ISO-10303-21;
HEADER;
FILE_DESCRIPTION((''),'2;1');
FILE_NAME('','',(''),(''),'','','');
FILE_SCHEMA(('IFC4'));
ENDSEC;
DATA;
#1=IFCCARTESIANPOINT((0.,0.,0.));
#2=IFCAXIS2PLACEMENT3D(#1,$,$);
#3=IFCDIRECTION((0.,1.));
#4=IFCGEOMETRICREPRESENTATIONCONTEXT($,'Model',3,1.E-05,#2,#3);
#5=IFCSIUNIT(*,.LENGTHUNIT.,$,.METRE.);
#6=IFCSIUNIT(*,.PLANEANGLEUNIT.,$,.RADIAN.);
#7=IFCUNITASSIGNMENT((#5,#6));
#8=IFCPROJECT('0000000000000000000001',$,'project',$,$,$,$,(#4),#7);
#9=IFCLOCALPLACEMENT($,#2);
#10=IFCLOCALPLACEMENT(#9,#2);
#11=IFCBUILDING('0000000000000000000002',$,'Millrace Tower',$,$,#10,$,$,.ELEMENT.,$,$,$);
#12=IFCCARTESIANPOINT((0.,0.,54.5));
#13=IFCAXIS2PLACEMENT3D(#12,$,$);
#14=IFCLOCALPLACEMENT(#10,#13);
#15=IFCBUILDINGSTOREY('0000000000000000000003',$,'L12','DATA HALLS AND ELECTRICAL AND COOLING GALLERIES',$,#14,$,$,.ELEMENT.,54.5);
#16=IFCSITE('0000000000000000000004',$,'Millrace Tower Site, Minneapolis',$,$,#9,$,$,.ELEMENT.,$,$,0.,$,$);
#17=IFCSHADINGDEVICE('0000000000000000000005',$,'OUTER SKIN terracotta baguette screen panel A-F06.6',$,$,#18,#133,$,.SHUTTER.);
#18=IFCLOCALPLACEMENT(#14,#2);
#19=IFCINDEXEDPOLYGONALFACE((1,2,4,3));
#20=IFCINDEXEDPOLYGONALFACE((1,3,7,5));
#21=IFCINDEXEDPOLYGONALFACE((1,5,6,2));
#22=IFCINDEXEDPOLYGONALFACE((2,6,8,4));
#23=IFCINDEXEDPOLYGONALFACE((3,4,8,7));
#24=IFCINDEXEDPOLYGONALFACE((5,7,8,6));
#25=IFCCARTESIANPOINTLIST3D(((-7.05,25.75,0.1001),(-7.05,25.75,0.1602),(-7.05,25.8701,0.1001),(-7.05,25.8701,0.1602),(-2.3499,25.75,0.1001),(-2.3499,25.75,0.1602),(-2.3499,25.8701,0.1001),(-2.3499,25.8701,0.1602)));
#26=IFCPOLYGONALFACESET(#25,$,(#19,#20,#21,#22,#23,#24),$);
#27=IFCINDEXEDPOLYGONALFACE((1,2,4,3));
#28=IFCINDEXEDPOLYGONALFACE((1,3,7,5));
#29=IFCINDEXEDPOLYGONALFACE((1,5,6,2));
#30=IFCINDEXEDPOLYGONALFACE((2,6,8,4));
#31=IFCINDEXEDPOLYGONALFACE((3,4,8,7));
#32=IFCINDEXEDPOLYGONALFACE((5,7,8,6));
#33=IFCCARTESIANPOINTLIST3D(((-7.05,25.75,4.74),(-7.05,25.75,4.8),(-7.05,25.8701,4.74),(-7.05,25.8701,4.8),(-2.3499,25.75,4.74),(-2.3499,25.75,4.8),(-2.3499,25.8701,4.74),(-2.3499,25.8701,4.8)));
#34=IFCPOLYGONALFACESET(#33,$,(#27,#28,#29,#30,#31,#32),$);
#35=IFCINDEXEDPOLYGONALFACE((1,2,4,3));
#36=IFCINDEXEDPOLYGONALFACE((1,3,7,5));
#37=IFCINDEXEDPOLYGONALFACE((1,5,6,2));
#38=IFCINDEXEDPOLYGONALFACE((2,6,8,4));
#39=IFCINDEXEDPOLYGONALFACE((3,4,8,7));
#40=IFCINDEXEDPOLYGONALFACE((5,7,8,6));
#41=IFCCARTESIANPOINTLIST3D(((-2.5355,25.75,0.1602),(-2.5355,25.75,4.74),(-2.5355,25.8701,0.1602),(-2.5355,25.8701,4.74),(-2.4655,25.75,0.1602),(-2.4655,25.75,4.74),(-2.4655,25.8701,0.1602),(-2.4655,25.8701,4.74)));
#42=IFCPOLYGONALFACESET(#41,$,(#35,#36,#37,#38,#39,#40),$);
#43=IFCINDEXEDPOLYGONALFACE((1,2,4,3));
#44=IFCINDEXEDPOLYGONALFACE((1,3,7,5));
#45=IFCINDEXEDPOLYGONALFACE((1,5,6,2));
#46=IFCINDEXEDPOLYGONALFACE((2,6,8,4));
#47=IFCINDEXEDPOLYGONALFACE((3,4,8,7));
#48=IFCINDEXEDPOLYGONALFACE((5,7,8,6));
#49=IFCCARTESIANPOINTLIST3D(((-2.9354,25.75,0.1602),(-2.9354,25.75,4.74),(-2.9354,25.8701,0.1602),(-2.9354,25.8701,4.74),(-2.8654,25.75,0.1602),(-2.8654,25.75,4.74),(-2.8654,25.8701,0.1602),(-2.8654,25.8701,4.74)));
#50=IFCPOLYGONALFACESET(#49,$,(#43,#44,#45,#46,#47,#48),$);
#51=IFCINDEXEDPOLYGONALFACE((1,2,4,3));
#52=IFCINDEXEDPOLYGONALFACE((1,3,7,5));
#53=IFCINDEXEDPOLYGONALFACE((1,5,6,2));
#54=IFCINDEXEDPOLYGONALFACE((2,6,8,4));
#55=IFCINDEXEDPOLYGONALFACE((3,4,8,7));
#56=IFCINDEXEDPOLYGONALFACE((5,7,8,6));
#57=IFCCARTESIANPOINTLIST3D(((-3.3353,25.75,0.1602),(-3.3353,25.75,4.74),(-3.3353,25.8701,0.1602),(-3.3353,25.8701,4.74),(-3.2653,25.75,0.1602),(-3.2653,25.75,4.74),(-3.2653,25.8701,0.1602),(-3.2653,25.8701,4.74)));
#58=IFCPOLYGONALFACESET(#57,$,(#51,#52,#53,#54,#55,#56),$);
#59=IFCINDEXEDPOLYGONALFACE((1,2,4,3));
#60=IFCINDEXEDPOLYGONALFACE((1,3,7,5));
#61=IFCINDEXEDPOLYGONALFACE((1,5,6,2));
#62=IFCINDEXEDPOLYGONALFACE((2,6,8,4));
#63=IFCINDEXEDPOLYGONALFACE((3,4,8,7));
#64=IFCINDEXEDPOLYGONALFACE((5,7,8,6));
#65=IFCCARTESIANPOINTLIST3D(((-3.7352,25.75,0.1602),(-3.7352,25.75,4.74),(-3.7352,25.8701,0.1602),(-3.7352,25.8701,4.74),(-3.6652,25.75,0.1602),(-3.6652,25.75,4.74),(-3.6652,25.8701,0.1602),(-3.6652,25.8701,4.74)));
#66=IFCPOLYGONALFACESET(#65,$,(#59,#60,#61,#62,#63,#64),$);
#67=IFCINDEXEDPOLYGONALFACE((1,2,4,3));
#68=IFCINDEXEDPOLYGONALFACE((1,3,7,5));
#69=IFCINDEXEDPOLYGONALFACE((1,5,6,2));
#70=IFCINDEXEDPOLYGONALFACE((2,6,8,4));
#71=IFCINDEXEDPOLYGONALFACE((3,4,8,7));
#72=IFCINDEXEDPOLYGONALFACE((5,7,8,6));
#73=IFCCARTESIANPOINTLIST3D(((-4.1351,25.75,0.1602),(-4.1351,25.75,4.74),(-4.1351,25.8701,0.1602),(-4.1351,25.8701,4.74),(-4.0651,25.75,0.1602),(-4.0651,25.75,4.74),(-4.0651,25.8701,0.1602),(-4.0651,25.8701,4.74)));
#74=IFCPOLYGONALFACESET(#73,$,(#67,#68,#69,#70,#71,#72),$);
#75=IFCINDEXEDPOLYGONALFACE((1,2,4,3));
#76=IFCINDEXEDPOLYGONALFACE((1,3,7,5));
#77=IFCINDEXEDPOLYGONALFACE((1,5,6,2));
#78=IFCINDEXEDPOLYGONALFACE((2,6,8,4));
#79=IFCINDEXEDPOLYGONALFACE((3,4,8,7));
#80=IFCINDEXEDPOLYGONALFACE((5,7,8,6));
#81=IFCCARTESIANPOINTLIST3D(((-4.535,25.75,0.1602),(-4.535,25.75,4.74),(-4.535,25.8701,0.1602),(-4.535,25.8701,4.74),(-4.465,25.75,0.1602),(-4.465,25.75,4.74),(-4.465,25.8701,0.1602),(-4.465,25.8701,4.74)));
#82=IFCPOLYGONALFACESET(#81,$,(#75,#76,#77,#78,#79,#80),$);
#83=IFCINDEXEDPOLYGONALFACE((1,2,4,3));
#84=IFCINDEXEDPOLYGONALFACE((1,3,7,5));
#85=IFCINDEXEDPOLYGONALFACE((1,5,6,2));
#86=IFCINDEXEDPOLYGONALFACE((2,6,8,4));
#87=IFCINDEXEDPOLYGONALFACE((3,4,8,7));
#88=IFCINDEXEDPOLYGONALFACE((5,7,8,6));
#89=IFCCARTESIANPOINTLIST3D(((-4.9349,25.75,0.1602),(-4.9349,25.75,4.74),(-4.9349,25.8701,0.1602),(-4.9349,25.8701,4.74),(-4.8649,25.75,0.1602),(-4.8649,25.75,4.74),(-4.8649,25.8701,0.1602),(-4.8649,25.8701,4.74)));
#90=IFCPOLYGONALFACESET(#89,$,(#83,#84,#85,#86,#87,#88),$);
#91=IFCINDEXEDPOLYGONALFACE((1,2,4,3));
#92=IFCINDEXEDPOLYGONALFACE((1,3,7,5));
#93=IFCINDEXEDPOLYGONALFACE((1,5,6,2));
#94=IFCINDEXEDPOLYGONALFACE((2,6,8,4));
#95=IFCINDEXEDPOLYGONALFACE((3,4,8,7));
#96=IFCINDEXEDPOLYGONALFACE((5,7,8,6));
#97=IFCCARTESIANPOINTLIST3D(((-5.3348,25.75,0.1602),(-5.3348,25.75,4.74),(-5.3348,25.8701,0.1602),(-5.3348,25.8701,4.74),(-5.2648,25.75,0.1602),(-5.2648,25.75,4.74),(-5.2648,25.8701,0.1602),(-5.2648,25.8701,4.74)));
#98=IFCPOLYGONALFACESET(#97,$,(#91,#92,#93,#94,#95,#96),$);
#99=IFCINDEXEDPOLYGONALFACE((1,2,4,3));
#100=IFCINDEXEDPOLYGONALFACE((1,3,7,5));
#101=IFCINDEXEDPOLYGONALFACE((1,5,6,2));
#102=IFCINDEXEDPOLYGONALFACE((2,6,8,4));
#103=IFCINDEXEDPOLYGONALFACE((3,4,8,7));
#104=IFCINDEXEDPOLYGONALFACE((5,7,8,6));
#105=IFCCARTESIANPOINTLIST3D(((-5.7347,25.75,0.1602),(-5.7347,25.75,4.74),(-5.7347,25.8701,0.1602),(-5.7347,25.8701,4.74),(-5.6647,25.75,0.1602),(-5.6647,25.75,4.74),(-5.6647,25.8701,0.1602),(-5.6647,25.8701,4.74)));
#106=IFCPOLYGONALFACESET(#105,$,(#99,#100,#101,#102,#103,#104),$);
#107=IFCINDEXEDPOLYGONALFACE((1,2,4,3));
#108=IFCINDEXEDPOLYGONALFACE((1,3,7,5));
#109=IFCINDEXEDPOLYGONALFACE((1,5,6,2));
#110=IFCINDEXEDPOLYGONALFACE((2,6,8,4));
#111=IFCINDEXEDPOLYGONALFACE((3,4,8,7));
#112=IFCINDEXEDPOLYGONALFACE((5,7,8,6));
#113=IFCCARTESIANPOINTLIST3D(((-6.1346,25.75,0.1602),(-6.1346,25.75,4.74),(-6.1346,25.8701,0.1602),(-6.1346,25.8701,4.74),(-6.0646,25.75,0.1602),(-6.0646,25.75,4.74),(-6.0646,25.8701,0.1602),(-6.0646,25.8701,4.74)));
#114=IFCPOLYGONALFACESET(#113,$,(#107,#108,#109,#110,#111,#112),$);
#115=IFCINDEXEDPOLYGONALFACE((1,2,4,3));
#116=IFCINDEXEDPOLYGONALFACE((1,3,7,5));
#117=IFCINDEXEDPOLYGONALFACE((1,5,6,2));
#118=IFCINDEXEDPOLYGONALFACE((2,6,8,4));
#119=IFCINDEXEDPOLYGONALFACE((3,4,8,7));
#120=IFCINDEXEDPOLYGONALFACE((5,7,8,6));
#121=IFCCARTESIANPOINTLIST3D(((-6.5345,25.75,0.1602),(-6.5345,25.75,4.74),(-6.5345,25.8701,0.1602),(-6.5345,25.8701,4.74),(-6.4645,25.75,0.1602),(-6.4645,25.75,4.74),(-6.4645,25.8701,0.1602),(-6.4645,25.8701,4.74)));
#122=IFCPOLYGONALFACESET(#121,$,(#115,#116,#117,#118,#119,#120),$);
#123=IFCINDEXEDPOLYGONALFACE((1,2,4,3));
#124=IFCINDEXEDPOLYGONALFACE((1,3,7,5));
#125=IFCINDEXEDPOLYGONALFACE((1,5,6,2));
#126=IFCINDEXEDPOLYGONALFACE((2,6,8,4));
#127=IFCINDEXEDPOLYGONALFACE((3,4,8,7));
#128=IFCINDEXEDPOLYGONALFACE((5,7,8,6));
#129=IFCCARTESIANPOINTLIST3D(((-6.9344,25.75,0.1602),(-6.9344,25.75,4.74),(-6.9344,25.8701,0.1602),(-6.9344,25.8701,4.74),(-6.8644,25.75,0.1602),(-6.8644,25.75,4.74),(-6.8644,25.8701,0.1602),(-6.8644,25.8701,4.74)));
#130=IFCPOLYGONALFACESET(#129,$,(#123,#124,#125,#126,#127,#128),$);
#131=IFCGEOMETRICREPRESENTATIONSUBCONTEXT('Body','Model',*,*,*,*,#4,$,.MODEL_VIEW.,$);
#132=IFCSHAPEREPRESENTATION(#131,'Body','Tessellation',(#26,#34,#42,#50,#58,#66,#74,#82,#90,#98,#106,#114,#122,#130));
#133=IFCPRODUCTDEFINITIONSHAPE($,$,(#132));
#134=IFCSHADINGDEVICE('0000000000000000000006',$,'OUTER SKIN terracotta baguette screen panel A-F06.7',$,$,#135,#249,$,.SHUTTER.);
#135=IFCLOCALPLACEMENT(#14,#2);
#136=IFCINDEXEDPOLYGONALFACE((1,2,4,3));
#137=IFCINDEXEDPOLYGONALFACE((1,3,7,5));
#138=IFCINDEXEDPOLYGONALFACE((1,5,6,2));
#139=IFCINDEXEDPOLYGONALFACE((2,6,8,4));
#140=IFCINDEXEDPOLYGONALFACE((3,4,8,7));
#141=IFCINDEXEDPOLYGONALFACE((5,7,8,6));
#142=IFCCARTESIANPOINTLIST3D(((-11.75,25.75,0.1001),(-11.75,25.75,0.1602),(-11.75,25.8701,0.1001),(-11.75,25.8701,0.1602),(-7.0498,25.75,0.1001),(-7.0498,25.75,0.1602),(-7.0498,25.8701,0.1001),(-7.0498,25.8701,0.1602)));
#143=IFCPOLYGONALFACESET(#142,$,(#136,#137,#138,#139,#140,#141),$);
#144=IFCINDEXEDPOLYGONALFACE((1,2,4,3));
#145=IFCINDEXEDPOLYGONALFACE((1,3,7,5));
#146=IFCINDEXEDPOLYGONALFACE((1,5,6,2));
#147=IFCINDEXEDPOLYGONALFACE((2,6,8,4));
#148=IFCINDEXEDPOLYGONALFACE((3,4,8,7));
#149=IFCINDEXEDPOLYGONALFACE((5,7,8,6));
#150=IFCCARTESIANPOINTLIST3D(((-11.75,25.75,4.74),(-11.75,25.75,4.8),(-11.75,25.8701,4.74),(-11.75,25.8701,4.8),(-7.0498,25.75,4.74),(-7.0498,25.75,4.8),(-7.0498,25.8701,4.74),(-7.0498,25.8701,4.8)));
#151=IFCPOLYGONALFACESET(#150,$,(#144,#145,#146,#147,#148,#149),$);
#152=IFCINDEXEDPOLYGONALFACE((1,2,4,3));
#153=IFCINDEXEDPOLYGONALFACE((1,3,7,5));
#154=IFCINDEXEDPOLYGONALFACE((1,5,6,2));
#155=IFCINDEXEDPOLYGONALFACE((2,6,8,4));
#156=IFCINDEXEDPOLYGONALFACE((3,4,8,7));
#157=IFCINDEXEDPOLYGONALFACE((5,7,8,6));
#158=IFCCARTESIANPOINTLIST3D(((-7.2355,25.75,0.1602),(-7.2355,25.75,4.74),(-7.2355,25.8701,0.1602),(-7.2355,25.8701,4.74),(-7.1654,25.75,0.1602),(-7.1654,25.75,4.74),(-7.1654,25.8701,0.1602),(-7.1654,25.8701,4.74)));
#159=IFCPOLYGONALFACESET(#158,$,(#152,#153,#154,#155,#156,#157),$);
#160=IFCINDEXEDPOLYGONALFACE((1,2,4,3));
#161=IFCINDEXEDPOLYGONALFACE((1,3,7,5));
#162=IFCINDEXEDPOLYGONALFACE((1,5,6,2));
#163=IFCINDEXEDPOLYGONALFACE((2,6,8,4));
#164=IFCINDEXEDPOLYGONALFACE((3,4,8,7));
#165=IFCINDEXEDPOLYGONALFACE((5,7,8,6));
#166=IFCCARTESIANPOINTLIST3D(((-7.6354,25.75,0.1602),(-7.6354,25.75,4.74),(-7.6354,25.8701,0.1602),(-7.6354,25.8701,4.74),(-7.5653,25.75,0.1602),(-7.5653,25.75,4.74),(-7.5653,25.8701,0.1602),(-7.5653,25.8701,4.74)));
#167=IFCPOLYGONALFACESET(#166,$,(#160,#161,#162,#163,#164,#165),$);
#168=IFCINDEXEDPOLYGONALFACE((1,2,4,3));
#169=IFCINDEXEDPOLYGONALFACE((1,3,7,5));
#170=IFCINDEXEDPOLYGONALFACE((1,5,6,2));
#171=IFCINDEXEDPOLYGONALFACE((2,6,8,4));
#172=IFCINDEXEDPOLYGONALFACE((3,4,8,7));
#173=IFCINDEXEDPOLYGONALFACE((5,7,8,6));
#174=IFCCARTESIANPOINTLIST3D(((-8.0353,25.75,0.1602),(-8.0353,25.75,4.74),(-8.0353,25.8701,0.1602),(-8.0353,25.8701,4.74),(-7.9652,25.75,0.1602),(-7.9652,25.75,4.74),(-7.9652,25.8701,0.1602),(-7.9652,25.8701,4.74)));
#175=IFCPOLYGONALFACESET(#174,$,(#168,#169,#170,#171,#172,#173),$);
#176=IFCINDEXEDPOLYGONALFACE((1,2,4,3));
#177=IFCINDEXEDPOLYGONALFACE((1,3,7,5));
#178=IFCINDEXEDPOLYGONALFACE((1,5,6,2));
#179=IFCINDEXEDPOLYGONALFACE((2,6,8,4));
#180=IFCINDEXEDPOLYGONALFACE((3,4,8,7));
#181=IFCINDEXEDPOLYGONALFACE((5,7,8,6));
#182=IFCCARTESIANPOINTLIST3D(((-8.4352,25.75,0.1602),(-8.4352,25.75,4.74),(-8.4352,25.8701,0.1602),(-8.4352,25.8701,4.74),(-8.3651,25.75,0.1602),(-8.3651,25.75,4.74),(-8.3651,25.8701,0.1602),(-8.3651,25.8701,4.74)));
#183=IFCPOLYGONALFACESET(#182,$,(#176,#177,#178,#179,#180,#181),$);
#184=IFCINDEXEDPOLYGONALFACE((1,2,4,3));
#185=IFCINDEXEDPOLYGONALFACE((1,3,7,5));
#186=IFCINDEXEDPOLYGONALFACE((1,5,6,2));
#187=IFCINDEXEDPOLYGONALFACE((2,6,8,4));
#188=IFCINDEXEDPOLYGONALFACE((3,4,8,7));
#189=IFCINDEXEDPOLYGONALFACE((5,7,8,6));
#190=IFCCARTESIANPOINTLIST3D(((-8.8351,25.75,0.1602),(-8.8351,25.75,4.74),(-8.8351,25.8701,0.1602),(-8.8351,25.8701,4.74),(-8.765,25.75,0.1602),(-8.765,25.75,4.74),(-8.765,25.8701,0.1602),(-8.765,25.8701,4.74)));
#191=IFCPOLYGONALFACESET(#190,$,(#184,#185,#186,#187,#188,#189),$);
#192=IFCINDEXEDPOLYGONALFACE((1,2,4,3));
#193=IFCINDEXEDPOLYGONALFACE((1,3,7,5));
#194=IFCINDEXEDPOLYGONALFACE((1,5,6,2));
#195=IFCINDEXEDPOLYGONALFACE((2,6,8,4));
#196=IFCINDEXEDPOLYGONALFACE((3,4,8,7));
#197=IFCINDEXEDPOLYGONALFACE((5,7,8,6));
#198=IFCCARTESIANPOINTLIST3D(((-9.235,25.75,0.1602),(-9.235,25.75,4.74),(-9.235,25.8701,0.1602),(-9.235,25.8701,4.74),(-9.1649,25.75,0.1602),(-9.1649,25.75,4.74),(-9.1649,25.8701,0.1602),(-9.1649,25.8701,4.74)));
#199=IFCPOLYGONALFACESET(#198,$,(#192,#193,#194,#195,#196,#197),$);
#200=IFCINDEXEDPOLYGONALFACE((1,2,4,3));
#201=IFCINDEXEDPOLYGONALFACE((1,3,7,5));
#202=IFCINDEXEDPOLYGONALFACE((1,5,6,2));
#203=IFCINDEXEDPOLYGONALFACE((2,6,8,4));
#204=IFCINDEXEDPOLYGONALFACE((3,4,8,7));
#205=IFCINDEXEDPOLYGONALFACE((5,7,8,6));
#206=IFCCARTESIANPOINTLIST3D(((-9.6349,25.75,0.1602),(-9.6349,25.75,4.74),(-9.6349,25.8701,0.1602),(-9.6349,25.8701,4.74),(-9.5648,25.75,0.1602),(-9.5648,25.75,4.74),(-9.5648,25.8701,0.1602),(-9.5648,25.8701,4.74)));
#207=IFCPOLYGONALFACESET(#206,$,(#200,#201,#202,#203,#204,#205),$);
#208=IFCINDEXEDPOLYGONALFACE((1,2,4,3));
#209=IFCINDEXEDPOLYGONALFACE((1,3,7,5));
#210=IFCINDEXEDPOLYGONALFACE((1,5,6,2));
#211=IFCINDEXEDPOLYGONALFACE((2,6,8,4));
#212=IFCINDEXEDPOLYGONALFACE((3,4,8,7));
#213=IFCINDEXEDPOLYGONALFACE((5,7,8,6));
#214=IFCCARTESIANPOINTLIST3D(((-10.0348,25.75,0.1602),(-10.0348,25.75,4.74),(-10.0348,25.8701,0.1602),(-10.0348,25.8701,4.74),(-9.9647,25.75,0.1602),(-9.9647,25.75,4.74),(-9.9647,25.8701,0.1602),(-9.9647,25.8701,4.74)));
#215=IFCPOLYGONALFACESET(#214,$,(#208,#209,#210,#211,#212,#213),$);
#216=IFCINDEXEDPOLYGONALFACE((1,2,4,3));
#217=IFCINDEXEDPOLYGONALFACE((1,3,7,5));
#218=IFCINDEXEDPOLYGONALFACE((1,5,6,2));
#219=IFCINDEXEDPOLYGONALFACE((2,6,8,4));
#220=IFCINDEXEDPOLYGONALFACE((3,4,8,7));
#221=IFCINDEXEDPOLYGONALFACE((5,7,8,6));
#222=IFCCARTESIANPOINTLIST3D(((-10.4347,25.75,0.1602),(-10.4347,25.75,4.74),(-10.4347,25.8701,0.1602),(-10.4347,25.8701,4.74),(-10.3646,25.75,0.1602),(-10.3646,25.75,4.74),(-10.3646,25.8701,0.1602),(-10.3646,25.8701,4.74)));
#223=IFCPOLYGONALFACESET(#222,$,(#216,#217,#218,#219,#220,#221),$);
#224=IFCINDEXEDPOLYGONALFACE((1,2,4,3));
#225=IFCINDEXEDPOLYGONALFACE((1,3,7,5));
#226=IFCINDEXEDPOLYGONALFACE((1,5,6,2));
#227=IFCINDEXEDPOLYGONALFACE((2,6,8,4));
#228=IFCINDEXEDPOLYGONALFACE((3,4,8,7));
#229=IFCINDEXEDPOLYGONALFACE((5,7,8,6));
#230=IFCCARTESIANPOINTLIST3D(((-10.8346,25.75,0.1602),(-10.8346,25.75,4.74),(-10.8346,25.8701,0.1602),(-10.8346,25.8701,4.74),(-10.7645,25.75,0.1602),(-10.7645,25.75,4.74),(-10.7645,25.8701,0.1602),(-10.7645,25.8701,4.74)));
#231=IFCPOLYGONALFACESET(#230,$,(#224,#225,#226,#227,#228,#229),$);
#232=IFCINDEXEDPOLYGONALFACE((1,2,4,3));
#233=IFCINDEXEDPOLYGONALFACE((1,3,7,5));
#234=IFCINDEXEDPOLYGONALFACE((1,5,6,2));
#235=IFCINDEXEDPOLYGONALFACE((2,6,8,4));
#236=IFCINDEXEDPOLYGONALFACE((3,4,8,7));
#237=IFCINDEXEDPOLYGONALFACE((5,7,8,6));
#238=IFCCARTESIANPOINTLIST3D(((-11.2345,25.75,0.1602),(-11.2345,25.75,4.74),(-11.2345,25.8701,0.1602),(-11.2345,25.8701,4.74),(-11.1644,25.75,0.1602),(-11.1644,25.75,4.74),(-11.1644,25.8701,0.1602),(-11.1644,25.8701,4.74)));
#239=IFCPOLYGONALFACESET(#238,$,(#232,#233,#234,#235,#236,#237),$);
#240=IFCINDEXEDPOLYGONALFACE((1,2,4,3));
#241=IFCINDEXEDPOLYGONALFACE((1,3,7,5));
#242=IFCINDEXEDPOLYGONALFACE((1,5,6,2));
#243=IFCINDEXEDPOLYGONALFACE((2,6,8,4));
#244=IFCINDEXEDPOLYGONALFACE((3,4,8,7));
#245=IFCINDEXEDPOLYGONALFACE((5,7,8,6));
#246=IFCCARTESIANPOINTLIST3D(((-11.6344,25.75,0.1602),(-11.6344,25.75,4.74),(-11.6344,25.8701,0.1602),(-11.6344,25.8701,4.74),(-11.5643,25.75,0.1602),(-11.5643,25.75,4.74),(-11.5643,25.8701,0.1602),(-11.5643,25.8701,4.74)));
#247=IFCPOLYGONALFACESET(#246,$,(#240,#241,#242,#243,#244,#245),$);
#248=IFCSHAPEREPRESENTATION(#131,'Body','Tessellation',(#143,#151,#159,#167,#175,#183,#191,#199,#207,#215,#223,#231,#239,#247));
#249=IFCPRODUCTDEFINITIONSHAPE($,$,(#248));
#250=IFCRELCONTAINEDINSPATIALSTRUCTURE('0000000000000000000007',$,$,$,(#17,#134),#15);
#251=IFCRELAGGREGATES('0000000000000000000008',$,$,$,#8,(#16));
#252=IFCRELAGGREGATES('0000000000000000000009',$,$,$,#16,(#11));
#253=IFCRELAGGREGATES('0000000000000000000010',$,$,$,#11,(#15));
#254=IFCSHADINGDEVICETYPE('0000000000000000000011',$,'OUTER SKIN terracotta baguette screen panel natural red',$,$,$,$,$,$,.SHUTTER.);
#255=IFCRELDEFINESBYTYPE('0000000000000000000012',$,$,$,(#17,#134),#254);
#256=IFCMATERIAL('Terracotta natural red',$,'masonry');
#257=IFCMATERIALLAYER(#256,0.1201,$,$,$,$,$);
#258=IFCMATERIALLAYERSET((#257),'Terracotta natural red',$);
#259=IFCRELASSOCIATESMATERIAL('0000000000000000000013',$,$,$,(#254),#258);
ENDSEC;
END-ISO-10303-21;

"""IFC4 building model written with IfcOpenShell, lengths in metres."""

from ifc_helpers import new_model, entity, si_unit, direction, frame, frame_2d, origin, place, context, subcontext, project, spatial, rectangle, extrude, source, transform, mapped, material, layer, layer_set, type_object, element, save


model = new_model("IFC4")

# Units and contexts
model_context = context("Model", 3, precision=1e-05, world=origin(), true_north=direction((0.0, 1.0)))
body_context = subcontext(model_context, "Body", "Model", "MODEL_VIEW")
ifc_project = project(units=[si_unit("LENGTHUNIT", "METRE"), si_unit("PLANEANGLEUNIT", "RADIAN")], contexts=[model_context])

# Site, building, storey
site_placement = place(None, origin())
site = spatial("IfcSite", under=ifc_project, at=site_placement, Name="Millrace Tower Site, Minneapolis", CompositionType="ELEMENT", RefElevation=0.0)
building_placement = place(site_placement, origin())
building = spatial("IfcBuilding", under=site, at=building_placement, Name="Millrace Tower", CompositionType="ELEMENT")
storey_placement = place(building_placement, frame((0.0, 0.0, 54.5)))
storey = spatial("IfcBuildingStorey", under=building, at=storey_placement, Name="L12", Description="DATA HALLS AND ELECTRICAL AND COOLING GALLERIES", CompositionType="ELEMENT", Elevation=54.5)

# Shading devices
cartesian_point = entity("IfcCartesianPoint", [-2.3501, 0.0601])
shared_polyline = entity("IfcPolyline", [cartesian_point, entity("IfcCartesianPoint", [2.3501, 0.0601]), entity("IfcCartesianPoint", [2.3501, -0.0601]), entity("IfcCartesianPoint", [-2.3501, -0.0601]), cartesian_point])
ifc_material_1 = material(Name="Terracotta natural red", Category="masonry")
ifc_layer_1 = layer(ifc_material_1, 0.1201)
ifc_layer_set_1 = layer_set([ifc_layer_1], Name="Terracotta natural red")
shading_device_type_1 = type_object("IfcShadingDeviceType", Name="OUTER SKIN terracotta baguette screen panel natural red", PredefinedType="SHUTTER", material=ifc_layer_set_1)
shared_shape_1 = source(origin(), body_context, "Body", "SweptSolid", [
    entity("IfcExtrudedAreaSolid", entity("IfcArbitraryClosedProfileDef", "AREA", None, shared_polyline), entity("IfcAxis2Placement3D", entity("IfcCartesianPoint", [0.0, 0.0, 0.0])), entity("IfcDirection", [0.0, 0.0, 1.0]), 0.0601),
    entity("IfcExtrudedAreaSolid", entity("IfcArbitraryClosedProfileDef", "AREA", None, shared_polyline), entity("IfcAxis2Placement3D", entity("IfcCartesianPoint", [0.0, 0.0, 4.6399])), entity("IfcDirection", [0.0, 0.0, 1.0]), 0.0601),
    extrude(rectangle(XDim=0.0701, YDim=0.1201, at=frame_2d((-2.1995, 0.0))), frame((0.0, 0.0, 0.0601)), (0.0, 0.0, 1.0), 4.5798),
    extrude(rectangle(XDim=0.0701, YDim=0.1201, at=frame_2d((-1.7996, 0.0))), frame((0.0, 0.0, 0.0601)), (0.0, 0.0, 1.0), 4.5798),
    extrude(rectangle(XDim=0.0701, YDim=0.1201, at=frame_2d((-1.3997, 0.0))), frame((0.0, 0.0, 0.0601)), (0.0, 0.0, 1.0), 4.5798),
    extrude(rectangle(XDim=0.0701, YDim=0.1201, at=frame_2d((-0.9998, 0.0))), frame((0.0, 0.0, 0.0601)), (0.0, 0.0, 1.0), 4.5798),
    extrude(rectangle(XDim=0.0701, YDim=0.1201, at=frame_2d((-0.5999, 0.0))), frame((0.0, 0.0, 0.0601)), (0.0, 0.0, 1.0), 4.5798),
    extrude(rectangle(XDim=0.0701, YDim=0.1201, at=frame_2d((-0.2, 0.0))), frame((0.0, 0.0, 0.0601)), (0.0, 0.0, 1.0), 4.5798),
    extrude(rectangle(XDim=0.0701, YDim=0.1201, at=frame_2d((0.2, 0.0))), frame((0.0, 0.0, 0.0601)), (0.0, 0.0, 1.0), 4.5798),
    extrude(rectangle(XDim=0.0701, YDim=0.1201, at=frame_2d((0.5999, 0.0))), frame((0.0, 0.0, 0.0601)), (0.0, 0.0, 1.0), 4.5798),
    extrude(rectangle(XDim=0.0701, YDim=0.1201, at=frame_2d((0.9998, 0.0))), frame((0.0, 0.0, 0.0601)), (0.0, 0.0, 1.0), 4.5798),
    extrude(rectangle(XDim=0.0701, YDim=0.1201, at=frame_2d((1.3997, 0.0))), frame((0.0, 0.0, 0.0601)), (0.0, 0.0, 1.0), 4.5798),
    extrude(rectangle(XDim=0.0701, YDim=0.1201, at=frame_2d((1.7996, 0.0))), frame((0.0, 0.0, 0.0601)), (0.0, 0.0, 1.0), 4.5798),
    extrude(rectangle(XDim=0.0701, YDim=0.1201, at=frame_2d((2.1995, 0.0))), frame((0.0, 0.0, 0.0601)), (0.0, 0.0, 1.0), 4.5798),
])
for number, where, z_axis, x_axis, name in (
    (1, (-4.7, 25.8101, 0.1001), (0.0, 0.0, 1.0), (-1.0, 0.0, 0.0), "OUTER SKIN terracotta baguette screen panel A-F06.6"),
    (2, (-9.3999, 25.8101, 0.1001), (0.0, 0.0, 1.0), (-1.0, 0.0, 0.0), "OUTER SKIN terracotta baguette screen panel A-F06.7"),
):
    element("IfcShadingDevice", number, at=place(storey_placement, frame(where, z_axis=z_axis, x_axis=x_axis)), inside=storey, type_object=shading_device_type_1, Name=name, PredefinedType="SHUTTER", context=body_context, shape_type="MappedRepresentation", body=[
        mapped(shared_shape_1, transform((0.0, 0.0, 0.0), scale=1.0)),
    ])

save(model, "model.ifc")
